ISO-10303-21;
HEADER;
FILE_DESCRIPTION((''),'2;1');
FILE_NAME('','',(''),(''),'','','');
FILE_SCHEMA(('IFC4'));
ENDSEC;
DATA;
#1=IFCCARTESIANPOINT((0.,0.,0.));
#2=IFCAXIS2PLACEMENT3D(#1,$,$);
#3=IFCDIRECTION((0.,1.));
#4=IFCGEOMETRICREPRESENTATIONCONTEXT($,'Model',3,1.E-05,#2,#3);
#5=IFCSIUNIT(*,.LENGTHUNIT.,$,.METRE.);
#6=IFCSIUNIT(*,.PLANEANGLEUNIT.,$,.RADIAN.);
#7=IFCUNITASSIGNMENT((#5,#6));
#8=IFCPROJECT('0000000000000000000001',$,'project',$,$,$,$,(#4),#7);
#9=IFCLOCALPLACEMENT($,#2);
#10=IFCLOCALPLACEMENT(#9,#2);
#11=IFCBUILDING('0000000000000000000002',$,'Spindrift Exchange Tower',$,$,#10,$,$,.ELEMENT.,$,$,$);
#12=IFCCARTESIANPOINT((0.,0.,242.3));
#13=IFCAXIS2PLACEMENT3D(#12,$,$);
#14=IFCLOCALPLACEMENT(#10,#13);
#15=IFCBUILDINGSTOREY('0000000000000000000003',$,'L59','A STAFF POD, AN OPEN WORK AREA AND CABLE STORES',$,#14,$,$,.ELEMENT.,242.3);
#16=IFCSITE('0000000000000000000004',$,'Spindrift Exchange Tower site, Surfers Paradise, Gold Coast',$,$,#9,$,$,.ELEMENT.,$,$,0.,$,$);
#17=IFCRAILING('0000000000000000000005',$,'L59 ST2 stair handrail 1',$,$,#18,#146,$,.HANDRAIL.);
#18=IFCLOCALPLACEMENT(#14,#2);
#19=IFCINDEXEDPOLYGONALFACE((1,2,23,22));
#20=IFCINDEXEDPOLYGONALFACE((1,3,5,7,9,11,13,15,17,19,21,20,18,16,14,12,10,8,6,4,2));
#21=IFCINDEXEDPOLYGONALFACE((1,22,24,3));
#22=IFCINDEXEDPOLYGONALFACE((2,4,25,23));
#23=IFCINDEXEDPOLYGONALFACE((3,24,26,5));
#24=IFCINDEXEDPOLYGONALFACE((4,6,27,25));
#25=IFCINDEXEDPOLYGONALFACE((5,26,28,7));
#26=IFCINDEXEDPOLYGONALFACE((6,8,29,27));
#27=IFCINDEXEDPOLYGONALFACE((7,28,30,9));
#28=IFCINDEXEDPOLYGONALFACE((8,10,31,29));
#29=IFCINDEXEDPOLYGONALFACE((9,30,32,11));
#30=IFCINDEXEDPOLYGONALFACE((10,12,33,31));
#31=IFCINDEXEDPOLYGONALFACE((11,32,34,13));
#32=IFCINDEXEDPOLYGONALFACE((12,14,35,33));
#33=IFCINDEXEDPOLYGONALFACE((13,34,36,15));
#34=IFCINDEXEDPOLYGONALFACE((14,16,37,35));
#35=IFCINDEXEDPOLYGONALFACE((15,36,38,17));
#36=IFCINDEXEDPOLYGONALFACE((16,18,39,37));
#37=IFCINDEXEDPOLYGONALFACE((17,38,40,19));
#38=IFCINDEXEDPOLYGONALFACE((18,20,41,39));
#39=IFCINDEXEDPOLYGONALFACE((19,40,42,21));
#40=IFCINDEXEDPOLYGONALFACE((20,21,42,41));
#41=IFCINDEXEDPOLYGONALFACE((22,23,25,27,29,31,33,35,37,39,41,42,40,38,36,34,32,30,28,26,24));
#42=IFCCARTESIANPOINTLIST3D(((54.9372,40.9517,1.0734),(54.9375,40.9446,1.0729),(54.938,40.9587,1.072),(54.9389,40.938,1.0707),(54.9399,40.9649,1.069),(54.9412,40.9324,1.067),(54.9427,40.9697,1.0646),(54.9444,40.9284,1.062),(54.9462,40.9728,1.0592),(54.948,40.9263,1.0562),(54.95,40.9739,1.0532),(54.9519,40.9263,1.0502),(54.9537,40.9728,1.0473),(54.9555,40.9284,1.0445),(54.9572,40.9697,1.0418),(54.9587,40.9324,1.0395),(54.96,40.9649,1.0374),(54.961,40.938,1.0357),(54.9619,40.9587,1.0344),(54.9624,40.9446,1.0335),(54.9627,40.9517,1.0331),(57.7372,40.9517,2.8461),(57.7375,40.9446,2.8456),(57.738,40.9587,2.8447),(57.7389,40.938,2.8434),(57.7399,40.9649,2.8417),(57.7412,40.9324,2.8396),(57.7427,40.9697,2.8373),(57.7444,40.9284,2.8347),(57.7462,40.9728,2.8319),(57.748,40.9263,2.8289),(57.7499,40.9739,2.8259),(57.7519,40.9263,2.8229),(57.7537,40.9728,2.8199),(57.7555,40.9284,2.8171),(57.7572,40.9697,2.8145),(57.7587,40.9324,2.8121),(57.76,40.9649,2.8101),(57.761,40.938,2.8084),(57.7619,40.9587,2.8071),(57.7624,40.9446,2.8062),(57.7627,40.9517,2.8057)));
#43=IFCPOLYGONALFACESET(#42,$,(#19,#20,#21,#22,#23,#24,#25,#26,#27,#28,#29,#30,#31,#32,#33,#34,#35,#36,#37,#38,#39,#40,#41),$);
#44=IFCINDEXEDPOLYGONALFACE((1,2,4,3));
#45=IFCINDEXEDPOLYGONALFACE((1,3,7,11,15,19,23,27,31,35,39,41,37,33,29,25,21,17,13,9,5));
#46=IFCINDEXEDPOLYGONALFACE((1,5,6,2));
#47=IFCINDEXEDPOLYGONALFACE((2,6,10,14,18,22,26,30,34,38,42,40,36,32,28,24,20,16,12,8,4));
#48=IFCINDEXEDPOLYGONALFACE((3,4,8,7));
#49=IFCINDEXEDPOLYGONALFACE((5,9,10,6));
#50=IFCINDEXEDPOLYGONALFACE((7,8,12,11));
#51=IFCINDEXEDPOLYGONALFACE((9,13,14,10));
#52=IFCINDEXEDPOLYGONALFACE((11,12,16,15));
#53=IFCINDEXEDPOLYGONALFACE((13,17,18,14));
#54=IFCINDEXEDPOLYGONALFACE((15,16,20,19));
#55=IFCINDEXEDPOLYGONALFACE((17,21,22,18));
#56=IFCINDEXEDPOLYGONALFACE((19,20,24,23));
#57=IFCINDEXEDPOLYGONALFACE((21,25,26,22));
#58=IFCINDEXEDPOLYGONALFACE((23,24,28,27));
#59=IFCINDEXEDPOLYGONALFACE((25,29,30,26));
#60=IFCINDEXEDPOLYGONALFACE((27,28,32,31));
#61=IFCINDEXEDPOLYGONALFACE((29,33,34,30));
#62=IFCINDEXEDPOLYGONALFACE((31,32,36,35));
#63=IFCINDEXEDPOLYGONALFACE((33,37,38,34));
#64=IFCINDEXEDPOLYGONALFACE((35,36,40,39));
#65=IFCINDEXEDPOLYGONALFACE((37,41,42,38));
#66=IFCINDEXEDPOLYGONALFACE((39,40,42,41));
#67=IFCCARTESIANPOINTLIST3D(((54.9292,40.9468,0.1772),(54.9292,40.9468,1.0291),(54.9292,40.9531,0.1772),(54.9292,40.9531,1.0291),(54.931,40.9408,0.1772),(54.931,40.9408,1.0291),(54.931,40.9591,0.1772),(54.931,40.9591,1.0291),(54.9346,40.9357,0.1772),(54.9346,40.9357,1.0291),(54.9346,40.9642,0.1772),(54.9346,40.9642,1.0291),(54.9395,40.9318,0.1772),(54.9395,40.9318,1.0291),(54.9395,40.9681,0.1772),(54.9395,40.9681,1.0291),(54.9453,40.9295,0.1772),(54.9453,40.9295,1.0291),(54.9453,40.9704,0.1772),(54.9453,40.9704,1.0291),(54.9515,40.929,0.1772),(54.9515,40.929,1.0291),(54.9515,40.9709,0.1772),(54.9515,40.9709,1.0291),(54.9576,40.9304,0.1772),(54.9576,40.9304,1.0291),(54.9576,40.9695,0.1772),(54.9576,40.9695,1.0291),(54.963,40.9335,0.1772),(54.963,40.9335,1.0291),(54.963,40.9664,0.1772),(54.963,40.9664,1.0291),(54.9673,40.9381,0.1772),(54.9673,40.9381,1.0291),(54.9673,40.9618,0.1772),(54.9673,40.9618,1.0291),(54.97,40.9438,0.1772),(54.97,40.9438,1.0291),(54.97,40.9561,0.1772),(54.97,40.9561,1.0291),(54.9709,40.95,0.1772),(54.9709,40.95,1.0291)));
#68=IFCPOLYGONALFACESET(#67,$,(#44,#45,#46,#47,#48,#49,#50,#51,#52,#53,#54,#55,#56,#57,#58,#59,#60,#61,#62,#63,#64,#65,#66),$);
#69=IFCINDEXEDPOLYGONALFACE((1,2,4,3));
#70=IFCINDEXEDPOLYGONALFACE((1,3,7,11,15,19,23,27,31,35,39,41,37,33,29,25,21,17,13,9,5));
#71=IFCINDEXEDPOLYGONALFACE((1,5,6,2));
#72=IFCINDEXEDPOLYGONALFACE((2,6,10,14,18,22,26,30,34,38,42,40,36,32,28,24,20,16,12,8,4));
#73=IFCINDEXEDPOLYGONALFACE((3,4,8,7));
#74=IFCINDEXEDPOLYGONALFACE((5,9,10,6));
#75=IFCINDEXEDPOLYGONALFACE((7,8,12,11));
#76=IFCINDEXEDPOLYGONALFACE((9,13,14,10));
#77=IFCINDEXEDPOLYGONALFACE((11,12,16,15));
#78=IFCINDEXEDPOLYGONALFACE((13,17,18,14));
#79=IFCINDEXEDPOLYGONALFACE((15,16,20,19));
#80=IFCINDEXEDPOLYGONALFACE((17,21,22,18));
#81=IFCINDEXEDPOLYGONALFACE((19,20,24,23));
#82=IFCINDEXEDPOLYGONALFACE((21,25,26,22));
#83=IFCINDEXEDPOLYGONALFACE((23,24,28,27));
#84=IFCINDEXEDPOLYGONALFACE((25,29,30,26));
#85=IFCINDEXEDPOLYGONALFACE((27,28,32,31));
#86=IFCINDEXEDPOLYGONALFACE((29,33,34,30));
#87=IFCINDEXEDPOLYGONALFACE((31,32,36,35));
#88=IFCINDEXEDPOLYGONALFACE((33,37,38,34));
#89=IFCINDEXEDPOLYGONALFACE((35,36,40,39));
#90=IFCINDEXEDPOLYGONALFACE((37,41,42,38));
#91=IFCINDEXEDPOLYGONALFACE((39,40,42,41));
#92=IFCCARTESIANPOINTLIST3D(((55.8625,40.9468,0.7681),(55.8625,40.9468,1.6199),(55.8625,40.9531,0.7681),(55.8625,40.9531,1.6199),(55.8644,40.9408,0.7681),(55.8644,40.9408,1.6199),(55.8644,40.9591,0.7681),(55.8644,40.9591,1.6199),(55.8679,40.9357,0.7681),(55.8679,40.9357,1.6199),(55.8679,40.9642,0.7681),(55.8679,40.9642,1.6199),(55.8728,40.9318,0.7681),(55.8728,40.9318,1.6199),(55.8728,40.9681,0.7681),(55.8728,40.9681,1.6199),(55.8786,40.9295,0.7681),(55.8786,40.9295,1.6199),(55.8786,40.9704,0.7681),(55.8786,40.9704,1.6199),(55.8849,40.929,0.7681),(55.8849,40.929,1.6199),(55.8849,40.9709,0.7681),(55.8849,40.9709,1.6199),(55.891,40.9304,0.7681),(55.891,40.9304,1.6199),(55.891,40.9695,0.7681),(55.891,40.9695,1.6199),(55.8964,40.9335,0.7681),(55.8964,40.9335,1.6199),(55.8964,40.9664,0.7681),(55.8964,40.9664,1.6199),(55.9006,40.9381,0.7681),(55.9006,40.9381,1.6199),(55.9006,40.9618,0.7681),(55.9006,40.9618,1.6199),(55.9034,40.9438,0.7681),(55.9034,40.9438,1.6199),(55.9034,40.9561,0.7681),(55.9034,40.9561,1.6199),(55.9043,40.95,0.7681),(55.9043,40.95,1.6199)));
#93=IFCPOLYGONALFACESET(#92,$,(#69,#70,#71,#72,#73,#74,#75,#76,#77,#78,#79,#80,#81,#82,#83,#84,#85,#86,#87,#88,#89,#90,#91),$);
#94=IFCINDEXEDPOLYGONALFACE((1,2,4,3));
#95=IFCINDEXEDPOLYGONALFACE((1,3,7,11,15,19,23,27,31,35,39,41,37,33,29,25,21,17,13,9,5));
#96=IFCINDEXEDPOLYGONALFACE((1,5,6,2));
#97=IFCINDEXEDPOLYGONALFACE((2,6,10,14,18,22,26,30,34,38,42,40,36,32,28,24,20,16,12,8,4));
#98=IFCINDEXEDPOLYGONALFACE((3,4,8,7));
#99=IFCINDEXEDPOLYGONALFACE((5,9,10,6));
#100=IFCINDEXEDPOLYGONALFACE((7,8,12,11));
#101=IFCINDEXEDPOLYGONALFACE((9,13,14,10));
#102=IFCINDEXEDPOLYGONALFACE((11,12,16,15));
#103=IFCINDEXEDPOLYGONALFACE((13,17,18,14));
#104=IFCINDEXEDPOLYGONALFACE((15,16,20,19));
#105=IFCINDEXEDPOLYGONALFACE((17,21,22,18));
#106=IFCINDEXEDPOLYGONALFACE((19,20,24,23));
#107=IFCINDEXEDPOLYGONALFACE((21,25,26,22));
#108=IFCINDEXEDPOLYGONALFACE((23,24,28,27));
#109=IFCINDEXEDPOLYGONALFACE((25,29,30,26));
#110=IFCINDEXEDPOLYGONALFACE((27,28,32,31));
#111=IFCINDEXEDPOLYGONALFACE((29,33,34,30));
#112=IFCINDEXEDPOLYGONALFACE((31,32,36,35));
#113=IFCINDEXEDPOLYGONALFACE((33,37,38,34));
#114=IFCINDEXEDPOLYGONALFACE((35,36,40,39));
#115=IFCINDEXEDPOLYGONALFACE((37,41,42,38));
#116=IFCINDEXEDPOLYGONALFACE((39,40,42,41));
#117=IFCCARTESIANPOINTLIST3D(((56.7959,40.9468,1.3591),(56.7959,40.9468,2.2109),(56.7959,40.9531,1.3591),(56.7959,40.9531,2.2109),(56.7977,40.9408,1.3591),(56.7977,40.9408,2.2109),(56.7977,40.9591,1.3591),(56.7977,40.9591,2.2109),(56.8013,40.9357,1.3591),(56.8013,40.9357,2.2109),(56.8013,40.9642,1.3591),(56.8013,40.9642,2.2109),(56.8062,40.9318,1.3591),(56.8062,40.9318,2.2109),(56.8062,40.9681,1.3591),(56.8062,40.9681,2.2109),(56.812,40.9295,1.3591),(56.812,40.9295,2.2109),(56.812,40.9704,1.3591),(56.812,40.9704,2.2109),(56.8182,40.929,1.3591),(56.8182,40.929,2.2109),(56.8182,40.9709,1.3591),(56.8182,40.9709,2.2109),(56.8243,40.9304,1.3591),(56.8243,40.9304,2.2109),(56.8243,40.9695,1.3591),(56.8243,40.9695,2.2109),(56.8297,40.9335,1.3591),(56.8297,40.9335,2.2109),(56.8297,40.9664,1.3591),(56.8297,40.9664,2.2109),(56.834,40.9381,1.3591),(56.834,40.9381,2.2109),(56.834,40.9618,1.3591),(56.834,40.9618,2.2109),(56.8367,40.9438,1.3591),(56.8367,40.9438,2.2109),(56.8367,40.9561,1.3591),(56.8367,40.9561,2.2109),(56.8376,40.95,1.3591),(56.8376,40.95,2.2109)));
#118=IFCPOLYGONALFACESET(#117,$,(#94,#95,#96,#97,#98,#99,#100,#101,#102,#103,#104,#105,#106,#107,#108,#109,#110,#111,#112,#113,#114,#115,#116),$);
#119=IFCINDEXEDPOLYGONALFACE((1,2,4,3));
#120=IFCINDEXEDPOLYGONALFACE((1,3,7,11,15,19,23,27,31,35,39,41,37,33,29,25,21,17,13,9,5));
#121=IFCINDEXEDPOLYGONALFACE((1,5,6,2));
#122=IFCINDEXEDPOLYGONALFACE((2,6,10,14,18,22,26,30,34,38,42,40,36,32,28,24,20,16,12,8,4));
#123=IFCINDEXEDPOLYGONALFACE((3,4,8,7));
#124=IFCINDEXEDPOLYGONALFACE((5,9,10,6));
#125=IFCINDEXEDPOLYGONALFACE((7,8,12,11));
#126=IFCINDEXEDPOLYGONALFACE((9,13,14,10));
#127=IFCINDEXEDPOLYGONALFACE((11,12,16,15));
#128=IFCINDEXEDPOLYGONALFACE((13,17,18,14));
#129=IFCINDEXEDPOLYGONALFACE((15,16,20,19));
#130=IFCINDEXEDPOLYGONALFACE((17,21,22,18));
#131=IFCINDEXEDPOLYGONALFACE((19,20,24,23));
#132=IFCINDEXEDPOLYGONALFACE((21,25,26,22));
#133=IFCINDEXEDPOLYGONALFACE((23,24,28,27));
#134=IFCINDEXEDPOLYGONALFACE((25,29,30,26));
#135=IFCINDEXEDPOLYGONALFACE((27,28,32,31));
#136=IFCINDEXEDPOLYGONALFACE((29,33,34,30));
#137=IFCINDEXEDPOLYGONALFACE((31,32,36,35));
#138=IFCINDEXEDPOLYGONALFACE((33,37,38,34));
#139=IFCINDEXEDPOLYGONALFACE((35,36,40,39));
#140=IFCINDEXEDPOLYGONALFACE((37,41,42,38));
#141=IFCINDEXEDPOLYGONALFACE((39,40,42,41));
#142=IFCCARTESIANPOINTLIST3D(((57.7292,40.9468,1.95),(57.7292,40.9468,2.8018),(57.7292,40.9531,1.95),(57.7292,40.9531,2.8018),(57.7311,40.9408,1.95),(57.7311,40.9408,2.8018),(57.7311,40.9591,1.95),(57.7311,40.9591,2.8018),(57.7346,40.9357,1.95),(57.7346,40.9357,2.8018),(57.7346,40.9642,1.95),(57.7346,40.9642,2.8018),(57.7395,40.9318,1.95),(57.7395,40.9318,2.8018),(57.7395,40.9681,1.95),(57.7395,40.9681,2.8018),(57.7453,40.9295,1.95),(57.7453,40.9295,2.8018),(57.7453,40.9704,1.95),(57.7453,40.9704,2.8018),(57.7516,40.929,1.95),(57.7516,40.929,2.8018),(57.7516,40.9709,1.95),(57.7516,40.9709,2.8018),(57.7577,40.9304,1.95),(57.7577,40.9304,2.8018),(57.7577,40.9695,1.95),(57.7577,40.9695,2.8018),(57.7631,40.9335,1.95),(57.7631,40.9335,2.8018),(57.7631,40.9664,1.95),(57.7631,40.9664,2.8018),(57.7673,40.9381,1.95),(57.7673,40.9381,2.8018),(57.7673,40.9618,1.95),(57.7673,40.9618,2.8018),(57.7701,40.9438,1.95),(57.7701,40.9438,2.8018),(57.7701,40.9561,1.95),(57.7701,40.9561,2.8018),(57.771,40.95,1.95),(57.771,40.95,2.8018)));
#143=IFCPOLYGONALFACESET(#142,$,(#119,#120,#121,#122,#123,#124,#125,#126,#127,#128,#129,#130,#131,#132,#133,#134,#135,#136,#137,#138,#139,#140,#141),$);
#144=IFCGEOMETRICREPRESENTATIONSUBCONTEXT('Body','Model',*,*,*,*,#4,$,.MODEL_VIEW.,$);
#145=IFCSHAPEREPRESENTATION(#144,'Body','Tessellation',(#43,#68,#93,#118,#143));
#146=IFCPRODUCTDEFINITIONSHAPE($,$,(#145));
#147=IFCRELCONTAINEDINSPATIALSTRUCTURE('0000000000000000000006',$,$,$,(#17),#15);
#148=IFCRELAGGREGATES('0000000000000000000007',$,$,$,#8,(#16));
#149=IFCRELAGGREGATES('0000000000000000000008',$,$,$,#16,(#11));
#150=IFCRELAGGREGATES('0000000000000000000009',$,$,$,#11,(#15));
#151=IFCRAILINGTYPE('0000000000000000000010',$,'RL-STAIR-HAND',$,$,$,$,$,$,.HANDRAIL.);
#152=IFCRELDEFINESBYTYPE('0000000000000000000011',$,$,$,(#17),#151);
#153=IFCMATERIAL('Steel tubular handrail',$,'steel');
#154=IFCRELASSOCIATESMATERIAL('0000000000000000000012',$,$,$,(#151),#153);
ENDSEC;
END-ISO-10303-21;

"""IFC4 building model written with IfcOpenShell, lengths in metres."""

from ifc_helpers import new_model, si_unit, direction, frame, origin, origin_2d, place, context, subcontext, project, spatial, circle, extrude, material, type_object, element, save


model = new_model("IFC4")

# Units and contexts
model_context = context("Model", 3, precision=1e-05, world=origin(), true_north=direction((0.0, 1.0)))
body_context = subcontext(model_context, "Body", "Model", "MODEL_VIEW")
ifc_project = project(units=[si_unit("LENGTHUNIT", "METRE"), si_unit("PLANEANGLEUNIT", "RADIAN")], contexts=[model_context])

# Site, building, storey
site_placement = place(None, origin())
site = spatial("IfcSite", under=ifc_project, at=site_placement, Name="Spindrift Exchange Tower site, Surfers Paradise, Gold Coast", CompositionType="ELEMENT", RefElevation=0.0)
building_placement = place(site_placement, origin())
building = spatial("IfcBuilding", under=site, at=building_placement, Name="Spindrift Exchange Tower", CompositionType="ELEMENT")
storey_placement = place(building_placement, frame((0.0, 0.0, 242.3)))
storey = spatial("IfcBuildingStorey", under=building, at=storey_placement, Name="L59", Description="A STAFF POD, AN OPEN WORK AREA AND CABLE STORES", CompositionType="ELEMENT", Elevation=242.3)

# Railing
ifc_material_1 = material(Name="Steel tubular handrail", Category="steel")
railing_type_1 = type_object("IfcRailingType", Name="RL-STAIR-HAND", PredefinedType="HANDRAIL", material=ifc_material_1)
railing_1_placement = place(storey_placement, frame((54.95, 40.95, 0.1772)))
element("IfcRailing", 1, at=railing_1_placement, inside=storey, type_object=railing_type_1, Name="L59 ST2 stair handrail 1", PredefinedType="HANDRAIL", context=body_context, shape_type="SweptSolid", body=[
    extrude(circle(Radius=0.0239, at=origin_2d()), frame((0.0, 0.0, 0.876), z_axis=(0.844909, 0.0, 0.53491), x_axis=(0.0, 1.0, 0.0)), (0.0, 0.0, 1.0), 3.314),
    extrude(circle(Radius=0.021, at=origin_2d()), origin(), (0.0, 0.0, 1.0), 0.8518),
    extrude(circle(Radius=0.021, at=origin_2d()), frame((0.9333, 0.0, 0.5908)), (0.0, 0.0, 1.0), 0.8518),
    extrude(circle(Radius=0.021, at=origin_2d()), frame((1.8667, 0.0, 1.1819)), (0.0, 0.0, 1.0), 0.8518),
    extrude(circle(Radius=0.021, at=origin_2d()), frame((2.8, 0.0, 1.7727)), (0.0, 0.0, 1.0), 0.8518),
])

save(model, "model.ifc")
